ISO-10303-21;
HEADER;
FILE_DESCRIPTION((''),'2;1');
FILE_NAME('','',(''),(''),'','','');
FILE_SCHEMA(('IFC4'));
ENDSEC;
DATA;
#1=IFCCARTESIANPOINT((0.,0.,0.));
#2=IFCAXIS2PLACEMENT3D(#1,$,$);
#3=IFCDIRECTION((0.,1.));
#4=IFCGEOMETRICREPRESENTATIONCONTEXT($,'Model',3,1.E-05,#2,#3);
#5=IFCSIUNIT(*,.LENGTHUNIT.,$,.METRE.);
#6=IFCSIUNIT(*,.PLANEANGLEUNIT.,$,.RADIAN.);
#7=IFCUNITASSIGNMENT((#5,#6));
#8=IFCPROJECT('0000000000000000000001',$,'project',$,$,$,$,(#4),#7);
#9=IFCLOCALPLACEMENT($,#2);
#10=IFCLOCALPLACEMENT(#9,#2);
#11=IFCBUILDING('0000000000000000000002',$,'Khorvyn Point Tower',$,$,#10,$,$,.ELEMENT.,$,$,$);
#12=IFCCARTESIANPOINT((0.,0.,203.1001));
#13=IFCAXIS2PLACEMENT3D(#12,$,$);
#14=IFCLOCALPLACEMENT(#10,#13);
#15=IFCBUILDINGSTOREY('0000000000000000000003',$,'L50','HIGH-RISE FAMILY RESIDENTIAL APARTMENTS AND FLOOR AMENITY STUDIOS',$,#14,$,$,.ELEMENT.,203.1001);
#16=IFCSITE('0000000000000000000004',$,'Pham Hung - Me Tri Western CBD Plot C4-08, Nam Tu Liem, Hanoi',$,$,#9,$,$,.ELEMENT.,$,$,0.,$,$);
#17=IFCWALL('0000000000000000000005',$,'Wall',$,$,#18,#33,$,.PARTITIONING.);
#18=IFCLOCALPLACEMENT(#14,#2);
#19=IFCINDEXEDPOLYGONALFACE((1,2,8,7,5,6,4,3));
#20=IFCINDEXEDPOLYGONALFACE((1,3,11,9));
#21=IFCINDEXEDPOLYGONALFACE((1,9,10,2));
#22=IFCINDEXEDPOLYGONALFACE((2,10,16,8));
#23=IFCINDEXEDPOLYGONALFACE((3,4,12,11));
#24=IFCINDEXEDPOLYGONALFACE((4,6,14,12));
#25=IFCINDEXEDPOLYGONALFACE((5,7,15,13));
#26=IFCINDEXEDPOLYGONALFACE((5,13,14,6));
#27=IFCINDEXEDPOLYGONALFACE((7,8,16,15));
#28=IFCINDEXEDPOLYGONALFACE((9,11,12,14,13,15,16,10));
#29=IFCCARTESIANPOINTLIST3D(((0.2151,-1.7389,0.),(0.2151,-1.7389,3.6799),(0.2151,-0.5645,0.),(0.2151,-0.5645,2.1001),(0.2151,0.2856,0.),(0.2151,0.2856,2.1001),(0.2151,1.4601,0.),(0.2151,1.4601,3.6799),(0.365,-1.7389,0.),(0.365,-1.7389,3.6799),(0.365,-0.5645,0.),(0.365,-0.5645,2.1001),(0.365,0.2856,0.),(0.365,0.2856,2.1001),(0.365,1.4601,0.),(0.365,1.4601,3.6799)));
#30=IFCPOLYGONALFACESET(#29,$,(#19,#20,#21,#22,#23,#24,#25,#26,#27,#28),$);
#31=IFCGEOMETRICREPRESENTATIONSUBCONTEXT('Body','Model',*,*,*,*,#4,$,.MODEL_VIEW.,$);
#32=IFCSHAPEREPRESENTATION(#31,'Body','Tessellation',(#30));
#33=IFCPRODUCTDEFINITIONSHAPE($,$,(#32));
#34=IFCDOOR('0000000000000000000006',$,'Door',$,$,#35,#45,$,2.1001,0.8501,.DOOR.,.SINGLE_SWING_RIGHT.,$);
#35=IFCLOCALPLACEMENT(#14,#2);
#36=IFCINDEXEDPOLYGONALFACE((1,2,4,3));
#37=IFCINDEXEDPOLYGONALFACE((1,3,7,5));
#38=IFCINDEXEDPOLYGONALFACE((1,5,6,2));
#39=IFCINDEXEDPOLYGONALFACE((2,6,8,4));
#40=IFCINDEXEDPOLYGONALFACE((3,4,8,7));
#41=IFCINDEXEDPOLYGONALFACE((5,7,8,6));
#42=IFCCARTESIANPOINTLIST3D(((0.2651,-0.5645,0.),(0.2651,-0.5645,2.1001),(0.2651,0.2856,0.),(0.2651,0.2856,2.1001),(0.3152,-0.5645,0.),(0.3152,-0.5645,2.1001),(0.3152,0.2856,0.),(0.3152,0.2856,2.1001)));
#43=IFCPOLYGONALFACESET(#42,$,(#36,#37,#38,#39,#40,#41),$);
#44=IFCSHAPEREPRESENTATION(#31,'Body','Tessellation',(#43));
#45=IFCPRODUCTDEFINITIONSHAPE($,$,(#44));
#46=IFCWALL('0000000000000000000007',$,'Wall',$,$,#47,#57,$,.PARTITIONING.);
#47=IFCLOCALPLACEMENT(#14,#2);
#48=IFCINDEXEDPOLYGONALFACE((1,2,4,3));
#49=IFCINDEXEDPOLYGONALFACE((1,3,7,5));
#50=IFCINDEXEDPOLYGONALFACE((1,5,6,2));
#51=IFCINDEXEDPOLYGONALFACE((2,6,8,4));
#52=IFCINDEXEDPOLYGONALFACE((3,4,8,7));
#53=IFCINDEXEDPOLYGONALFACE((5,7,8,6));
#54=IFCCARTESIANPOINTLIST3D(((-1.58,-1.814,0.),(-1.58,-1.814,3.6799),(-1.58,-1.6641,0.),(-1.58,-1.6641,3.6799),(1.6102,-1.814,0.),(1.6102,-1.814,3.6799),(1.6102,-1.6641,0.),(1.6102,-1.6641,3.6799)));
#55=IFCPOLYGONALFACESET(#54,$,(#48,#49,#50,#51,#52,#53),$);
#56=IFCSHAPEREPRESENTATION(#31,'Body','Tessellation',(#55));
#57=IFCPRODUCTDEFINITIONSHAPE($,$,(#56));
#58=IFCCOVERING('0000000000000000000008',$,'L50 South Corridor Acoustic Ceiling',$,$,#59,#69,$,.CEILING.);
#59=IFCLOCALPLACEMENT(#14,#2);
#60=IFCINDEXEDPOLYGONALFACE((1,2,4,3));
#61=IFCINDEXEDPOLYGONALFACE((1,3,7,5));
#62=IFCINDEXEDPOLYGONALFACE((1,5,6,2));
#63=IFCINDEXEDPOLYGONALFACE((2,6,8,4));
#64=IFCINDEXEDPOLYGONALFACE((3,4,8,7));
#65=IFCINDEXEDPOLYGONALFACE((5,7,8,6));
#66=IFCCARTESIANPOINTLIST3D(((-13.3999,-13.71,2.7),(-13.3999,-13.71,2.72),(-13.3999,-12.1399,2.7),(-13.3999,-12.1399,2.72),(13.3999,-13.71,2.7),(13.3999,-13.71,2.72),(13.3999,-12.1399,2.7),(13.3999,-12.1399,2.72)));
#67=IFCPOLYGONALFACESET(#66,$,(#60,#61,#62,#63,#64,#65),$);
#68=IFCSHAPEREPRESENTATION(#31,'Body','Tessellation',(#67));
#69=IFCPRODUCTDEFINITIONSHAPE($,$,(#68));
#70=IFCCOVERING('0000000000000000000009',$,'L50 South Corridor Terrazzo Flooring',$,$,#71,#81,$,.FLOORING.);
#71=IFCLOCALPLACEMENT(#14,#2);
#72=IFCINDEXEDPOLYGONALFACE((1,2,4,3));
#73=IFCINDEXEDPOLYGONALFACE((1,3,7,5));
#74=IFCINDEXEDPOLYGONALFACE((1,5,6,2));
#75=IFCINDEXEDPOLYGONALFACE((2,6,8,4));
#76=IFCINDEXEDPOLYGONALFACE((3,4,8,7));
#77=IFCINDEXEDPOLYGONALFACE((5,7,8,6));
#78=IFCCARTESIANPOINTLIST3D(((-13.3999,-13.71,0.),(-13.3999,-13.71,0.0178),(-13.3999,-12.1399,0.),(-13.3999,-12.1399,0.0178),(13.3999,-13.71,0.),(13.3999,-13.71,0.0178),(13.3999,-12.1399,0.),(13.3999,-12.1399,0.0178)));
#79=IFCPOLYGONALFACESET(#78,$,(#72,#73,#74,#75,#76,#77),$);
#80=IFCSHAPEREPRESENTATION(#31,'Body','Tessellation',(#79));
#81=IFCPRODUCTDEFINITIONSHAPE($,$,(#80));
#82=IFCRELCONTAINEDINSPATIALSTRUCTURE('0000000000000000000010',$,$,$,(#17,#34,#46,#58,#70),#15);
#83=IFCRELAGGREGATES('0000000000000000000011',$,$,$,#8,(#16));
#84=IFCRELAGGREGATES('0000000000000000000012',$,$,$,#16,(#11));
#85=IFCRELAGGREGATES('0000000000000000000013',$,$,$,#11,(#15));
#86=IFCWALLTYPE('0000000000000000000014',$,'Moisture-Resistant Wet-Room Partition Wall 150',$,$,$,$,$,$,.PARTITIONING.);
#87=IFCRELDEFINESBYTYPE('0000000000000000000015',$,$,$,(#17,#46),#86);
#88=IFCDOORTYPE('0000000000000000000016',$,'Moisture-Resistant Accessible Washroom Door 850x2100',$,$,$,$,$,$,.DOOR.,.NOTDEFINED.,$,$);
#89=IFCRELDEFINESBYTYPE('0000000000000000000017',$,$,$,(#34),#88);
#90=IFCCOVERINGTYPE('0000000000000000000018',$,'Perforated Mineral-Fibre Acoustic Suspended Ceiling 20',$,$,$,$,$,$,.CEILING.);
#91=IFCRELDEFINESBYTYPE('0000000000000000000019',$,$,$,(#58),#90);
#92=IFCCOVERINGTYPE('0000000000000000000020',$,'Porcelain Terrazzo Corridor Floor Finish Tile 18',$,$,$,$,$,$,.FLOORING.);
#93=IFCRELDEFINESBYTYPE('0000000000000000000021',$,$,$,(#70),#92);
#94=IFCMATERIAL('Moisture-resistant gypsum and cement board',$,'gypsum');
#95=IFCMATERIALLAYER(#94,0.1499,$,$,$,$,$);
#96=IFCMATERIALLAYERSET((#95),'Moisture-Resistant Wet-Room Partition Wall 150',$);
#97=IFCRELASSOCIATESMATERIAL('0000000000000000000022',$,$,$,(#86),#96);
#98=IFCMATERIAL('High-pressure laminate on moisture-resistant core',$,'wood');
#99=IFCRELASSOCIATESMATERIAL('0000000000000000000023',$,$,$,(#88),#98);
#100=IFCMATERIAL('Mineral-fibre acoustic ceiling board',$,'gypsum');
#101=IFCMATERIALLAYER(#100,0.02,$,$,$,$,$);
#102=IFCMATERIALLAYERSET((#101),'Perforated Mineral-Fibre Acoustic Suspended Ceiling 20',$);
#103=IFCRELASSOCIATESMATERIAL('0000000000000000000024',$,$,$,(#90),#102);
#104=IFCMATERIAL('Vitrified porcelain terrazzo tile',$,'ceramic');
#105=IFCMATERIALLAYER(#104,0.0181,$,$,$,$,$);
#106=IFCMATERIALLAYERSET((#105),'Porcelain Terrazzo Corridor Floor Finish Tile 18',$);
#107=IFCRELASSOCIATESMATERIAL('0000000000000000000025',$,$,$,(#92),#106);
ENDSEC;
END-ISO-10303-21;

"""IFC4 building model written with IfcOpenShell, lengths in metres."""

from ifc_helpers import new_model, si_unit, direction, frame, frame_2d, origin, place, context, subcontext, project, spatial, polyline, rectangle, outline, extrude, material, layer, layer_set, type_object, element, fill, save


model = new_model("IFC4")

# Units and contexts
model_context = context("Model", 3, precision=1e-05, world=origin(), true_north=direction((0.0, 1.0)))
body_context = subcontext(model_context, "Body", "Model", "MODEL_VIEW")
ifc_project = project(units=[si_unit("LENGTHUNIT", "METRE"), si_unit("PLANEANGLEUNIT", "RADIAN")], contexts=[model_context])

# Site, building, storey
site_placement = place(None, origin())
site = spatial("IfcSite", under=ifc_project, at=site_placement, Name="Pham Hung - Me Tri Western CBD Plot C4-08, Nam Tu Liem, Hanoi", CompositionType="ELEMENT", RefElevation=0.0)
building_placement = place(site_placement, origin())
building = spatial("IfcBuilding", under=site, at=building_placement, Name="Khorvyn Point Tower", CompositionType="ELEMENT")
storey_placement = place(building_placement, frame((0.0, 0.0, 203.1001)))
storey = spatial("IfcBuildingStorey", under=building, at=storey_placement, Name="L50", Description="HIGH-RISE FAMILY RESIDENTIAL APARTMENTS AND FLOOR AMENITY STUDIOS", CompositionType="ELEMENT", Elevation=203.1001)

# Wall, opening, door
ifc_material_1 = material(Name="Moisture-resistant gypsum and cement board", Category="gypsum")
ifc_layer_1 = layer(ifc_material_1, 0.1499)
ifc_layer_set_1 = layer_set([ifc_layer_1], Name="Moisture-Resistant Wet-Room Partition Wall 150")
wall_type_1 = type_object("IfcWallType", Name="Moisture-Resistant Wet-Room Partition Wall 150", PredefinedType="PARTITIONING", material=ifc_layer_set_1)
ifc_material_2 = material(Name="High-pressure laminate on moisture-resistant core", Category="wood")
door_type_1 = type_object("IfcDoorType", Name="Moisture-Resistant Accessible Washroom Door 850x2100", OperationType="NOTDEFINED", PredefinedType="DOOR", material=ifc_material_2)
wall_1_placement = place(storey_placement, frame((0.29, -1.739, 0.0), z_axis=(0.0, 0.0, 1.0), x_axis=(0.0, 1.0, 0.0)))
wall_1 = element("IfcWall", 1, at=wall_1_placement, inside=storey, type_object=wall_type_1, Name="Wall", PredefinedType="PARTITIONING", context=body_context, shape_type="SweptSolid", body=[
    extrude(rectangle(XDim=3.199, YDim=0.1499, at=frame_2d((1.5996, 0.0))), origin(), (0.0, 0.0, 1.0), 3.6799),
])
opening_1_placement = place(wall_1_placement, frame((1.1746, 0.0, 0.0)))
opening_1 = element("IfcOpeningElement", 2, at=opening_1_placement, cuts=wall_1, PredefinedType="OPENING", context=body_context, shape_type="SweptSolid", body=[
    extrude(rectangle(XDim=0.8501, YDim=2.1001, at=frame_2d((0.425, 1.05))), frame((0.0, 0.085, 0.0), z_axis=(0.0, -1.0, 0.0), x_axis=(1.0, 0.0, 0.0)), (0.0, 0.0, 1.0), 0.1699),
])
door_1_placement = place(opening_1_placement, origin())
door_1 = element("IfcDoor", 3, at=door_1_placement, inside=storey, type_object=door_type_1, Name="Door", OperationType="SINGLE_SWING_RIGHT", OverallHeight=2.1001, OverallWidth=0.8501, PredefinedType="DOOR", context=body_context, shape_type="SweptSolid", body=[
    extrude(rectangle(XDim=0.8501, YDim=2.1001, at=frame_2d((0.425, 1.05))), frame((0.0, 0.0249, 0.0), z_axis=(0.0, -1.0, 0.0), x_axis=(1.0, 0.0, 0.0)), (0.0, 0.0, 1.0), 0.05),
])
fill(opening_1, door_1)

# Wall
wall_2_placement = place(storey_placement, frame((-1.5801, -1.739, 0.0), z_axis=(0.0, 0.0, 1.0), x_axis=(1.0, 0.0, 0.0)))
element("IfcWall", 4, at=wall_2_placement, inside=storey, type_object=wall_type_1, Name="Wall", PredefinedType="PARTITIONING", context=body_context, shape_type="SweptSolid", body=[
    extrude(rectangle(XDim=3.1902, YDim=0.1499, at=frame_2d((1.5952, 0.0))), origin(), (0.0, 0.0, 1.0), 3.6799),
])

# Coverings
ifc_material_3 = material(Name="Mineral-fibre acoustic ceiling board", Category="gypsum")
ifc_layer_2 = layer(ifc_material_3, 0.02)
ifc_layer_set_2 = layer_set([ifc_layer_2], Name="Perforated Mineral-Fibre Acoustic Suspended Ceiling 20")
covering_type_1 = type_object("IfcCoveringType", Name="Perforated Mineral-Fibre Acoustic Suspended Ceiling 20", PredefinedType="CEILING", material=ifc_layer_set_2)
covering_1_placement = place(storey_placement, frame((0.0, 0.0, 2.7)))
element("IfcCovering", 5, at=covering_1_placement, inside=storey, type_object=covering_type_1, Name="L50 South Corridor Acoustic Ceiling", PredefinedType="CEILING", context=body_context, shape_type="SweptSolid", body=[
    extrude(outline(polyline([(-13.3999, -13.71), (13.3999, -13.71), (13.3999, -12.1399), (-13.3999, -12.1399), (-13.3999, -13.71)])), origin(), (0.0, 0.0, 1.0), 0.02),
])
ifc_material_4 = material(Name="Vitrified porcelain terrazzo tile", Category="ceramic")
ifc_layer_3 = layer(ifc_material_4, 0.0181)
ifc_layer_set_3 = layer_set([ifc_layer_3], Name="Porcelain Terrazzo Corridor Floor Finish Tile 18")
covering_type_2 = type_object("IfcCoveringType", Name="Porcelain Terrazzo Corridor Floor Finish Tile 18", PredefinedType="FLOORING", material=ifc_layer_set_3)
covering_2_placement = place(storey_placement, origin())
element("IfcCovering", 6, at=covering_2_placement, inside=storey, type_object=covering_type_2, Name="L50 South Corridor Terrazzo Flooring", PredefinedType="FLOORING", context=body_context, shape_type="SweptSolid", body=[
    extrude(outline(polyline([(-13.3999, -13.71), (13.3999, -13.71), (13.3999, -12.1399), (-13.3999, -12.1399), (-13.3999, -13.71)])), origin(), (0.0, 0.0, 1.0), 0.0178),
])

save(model, "model.ifc")
